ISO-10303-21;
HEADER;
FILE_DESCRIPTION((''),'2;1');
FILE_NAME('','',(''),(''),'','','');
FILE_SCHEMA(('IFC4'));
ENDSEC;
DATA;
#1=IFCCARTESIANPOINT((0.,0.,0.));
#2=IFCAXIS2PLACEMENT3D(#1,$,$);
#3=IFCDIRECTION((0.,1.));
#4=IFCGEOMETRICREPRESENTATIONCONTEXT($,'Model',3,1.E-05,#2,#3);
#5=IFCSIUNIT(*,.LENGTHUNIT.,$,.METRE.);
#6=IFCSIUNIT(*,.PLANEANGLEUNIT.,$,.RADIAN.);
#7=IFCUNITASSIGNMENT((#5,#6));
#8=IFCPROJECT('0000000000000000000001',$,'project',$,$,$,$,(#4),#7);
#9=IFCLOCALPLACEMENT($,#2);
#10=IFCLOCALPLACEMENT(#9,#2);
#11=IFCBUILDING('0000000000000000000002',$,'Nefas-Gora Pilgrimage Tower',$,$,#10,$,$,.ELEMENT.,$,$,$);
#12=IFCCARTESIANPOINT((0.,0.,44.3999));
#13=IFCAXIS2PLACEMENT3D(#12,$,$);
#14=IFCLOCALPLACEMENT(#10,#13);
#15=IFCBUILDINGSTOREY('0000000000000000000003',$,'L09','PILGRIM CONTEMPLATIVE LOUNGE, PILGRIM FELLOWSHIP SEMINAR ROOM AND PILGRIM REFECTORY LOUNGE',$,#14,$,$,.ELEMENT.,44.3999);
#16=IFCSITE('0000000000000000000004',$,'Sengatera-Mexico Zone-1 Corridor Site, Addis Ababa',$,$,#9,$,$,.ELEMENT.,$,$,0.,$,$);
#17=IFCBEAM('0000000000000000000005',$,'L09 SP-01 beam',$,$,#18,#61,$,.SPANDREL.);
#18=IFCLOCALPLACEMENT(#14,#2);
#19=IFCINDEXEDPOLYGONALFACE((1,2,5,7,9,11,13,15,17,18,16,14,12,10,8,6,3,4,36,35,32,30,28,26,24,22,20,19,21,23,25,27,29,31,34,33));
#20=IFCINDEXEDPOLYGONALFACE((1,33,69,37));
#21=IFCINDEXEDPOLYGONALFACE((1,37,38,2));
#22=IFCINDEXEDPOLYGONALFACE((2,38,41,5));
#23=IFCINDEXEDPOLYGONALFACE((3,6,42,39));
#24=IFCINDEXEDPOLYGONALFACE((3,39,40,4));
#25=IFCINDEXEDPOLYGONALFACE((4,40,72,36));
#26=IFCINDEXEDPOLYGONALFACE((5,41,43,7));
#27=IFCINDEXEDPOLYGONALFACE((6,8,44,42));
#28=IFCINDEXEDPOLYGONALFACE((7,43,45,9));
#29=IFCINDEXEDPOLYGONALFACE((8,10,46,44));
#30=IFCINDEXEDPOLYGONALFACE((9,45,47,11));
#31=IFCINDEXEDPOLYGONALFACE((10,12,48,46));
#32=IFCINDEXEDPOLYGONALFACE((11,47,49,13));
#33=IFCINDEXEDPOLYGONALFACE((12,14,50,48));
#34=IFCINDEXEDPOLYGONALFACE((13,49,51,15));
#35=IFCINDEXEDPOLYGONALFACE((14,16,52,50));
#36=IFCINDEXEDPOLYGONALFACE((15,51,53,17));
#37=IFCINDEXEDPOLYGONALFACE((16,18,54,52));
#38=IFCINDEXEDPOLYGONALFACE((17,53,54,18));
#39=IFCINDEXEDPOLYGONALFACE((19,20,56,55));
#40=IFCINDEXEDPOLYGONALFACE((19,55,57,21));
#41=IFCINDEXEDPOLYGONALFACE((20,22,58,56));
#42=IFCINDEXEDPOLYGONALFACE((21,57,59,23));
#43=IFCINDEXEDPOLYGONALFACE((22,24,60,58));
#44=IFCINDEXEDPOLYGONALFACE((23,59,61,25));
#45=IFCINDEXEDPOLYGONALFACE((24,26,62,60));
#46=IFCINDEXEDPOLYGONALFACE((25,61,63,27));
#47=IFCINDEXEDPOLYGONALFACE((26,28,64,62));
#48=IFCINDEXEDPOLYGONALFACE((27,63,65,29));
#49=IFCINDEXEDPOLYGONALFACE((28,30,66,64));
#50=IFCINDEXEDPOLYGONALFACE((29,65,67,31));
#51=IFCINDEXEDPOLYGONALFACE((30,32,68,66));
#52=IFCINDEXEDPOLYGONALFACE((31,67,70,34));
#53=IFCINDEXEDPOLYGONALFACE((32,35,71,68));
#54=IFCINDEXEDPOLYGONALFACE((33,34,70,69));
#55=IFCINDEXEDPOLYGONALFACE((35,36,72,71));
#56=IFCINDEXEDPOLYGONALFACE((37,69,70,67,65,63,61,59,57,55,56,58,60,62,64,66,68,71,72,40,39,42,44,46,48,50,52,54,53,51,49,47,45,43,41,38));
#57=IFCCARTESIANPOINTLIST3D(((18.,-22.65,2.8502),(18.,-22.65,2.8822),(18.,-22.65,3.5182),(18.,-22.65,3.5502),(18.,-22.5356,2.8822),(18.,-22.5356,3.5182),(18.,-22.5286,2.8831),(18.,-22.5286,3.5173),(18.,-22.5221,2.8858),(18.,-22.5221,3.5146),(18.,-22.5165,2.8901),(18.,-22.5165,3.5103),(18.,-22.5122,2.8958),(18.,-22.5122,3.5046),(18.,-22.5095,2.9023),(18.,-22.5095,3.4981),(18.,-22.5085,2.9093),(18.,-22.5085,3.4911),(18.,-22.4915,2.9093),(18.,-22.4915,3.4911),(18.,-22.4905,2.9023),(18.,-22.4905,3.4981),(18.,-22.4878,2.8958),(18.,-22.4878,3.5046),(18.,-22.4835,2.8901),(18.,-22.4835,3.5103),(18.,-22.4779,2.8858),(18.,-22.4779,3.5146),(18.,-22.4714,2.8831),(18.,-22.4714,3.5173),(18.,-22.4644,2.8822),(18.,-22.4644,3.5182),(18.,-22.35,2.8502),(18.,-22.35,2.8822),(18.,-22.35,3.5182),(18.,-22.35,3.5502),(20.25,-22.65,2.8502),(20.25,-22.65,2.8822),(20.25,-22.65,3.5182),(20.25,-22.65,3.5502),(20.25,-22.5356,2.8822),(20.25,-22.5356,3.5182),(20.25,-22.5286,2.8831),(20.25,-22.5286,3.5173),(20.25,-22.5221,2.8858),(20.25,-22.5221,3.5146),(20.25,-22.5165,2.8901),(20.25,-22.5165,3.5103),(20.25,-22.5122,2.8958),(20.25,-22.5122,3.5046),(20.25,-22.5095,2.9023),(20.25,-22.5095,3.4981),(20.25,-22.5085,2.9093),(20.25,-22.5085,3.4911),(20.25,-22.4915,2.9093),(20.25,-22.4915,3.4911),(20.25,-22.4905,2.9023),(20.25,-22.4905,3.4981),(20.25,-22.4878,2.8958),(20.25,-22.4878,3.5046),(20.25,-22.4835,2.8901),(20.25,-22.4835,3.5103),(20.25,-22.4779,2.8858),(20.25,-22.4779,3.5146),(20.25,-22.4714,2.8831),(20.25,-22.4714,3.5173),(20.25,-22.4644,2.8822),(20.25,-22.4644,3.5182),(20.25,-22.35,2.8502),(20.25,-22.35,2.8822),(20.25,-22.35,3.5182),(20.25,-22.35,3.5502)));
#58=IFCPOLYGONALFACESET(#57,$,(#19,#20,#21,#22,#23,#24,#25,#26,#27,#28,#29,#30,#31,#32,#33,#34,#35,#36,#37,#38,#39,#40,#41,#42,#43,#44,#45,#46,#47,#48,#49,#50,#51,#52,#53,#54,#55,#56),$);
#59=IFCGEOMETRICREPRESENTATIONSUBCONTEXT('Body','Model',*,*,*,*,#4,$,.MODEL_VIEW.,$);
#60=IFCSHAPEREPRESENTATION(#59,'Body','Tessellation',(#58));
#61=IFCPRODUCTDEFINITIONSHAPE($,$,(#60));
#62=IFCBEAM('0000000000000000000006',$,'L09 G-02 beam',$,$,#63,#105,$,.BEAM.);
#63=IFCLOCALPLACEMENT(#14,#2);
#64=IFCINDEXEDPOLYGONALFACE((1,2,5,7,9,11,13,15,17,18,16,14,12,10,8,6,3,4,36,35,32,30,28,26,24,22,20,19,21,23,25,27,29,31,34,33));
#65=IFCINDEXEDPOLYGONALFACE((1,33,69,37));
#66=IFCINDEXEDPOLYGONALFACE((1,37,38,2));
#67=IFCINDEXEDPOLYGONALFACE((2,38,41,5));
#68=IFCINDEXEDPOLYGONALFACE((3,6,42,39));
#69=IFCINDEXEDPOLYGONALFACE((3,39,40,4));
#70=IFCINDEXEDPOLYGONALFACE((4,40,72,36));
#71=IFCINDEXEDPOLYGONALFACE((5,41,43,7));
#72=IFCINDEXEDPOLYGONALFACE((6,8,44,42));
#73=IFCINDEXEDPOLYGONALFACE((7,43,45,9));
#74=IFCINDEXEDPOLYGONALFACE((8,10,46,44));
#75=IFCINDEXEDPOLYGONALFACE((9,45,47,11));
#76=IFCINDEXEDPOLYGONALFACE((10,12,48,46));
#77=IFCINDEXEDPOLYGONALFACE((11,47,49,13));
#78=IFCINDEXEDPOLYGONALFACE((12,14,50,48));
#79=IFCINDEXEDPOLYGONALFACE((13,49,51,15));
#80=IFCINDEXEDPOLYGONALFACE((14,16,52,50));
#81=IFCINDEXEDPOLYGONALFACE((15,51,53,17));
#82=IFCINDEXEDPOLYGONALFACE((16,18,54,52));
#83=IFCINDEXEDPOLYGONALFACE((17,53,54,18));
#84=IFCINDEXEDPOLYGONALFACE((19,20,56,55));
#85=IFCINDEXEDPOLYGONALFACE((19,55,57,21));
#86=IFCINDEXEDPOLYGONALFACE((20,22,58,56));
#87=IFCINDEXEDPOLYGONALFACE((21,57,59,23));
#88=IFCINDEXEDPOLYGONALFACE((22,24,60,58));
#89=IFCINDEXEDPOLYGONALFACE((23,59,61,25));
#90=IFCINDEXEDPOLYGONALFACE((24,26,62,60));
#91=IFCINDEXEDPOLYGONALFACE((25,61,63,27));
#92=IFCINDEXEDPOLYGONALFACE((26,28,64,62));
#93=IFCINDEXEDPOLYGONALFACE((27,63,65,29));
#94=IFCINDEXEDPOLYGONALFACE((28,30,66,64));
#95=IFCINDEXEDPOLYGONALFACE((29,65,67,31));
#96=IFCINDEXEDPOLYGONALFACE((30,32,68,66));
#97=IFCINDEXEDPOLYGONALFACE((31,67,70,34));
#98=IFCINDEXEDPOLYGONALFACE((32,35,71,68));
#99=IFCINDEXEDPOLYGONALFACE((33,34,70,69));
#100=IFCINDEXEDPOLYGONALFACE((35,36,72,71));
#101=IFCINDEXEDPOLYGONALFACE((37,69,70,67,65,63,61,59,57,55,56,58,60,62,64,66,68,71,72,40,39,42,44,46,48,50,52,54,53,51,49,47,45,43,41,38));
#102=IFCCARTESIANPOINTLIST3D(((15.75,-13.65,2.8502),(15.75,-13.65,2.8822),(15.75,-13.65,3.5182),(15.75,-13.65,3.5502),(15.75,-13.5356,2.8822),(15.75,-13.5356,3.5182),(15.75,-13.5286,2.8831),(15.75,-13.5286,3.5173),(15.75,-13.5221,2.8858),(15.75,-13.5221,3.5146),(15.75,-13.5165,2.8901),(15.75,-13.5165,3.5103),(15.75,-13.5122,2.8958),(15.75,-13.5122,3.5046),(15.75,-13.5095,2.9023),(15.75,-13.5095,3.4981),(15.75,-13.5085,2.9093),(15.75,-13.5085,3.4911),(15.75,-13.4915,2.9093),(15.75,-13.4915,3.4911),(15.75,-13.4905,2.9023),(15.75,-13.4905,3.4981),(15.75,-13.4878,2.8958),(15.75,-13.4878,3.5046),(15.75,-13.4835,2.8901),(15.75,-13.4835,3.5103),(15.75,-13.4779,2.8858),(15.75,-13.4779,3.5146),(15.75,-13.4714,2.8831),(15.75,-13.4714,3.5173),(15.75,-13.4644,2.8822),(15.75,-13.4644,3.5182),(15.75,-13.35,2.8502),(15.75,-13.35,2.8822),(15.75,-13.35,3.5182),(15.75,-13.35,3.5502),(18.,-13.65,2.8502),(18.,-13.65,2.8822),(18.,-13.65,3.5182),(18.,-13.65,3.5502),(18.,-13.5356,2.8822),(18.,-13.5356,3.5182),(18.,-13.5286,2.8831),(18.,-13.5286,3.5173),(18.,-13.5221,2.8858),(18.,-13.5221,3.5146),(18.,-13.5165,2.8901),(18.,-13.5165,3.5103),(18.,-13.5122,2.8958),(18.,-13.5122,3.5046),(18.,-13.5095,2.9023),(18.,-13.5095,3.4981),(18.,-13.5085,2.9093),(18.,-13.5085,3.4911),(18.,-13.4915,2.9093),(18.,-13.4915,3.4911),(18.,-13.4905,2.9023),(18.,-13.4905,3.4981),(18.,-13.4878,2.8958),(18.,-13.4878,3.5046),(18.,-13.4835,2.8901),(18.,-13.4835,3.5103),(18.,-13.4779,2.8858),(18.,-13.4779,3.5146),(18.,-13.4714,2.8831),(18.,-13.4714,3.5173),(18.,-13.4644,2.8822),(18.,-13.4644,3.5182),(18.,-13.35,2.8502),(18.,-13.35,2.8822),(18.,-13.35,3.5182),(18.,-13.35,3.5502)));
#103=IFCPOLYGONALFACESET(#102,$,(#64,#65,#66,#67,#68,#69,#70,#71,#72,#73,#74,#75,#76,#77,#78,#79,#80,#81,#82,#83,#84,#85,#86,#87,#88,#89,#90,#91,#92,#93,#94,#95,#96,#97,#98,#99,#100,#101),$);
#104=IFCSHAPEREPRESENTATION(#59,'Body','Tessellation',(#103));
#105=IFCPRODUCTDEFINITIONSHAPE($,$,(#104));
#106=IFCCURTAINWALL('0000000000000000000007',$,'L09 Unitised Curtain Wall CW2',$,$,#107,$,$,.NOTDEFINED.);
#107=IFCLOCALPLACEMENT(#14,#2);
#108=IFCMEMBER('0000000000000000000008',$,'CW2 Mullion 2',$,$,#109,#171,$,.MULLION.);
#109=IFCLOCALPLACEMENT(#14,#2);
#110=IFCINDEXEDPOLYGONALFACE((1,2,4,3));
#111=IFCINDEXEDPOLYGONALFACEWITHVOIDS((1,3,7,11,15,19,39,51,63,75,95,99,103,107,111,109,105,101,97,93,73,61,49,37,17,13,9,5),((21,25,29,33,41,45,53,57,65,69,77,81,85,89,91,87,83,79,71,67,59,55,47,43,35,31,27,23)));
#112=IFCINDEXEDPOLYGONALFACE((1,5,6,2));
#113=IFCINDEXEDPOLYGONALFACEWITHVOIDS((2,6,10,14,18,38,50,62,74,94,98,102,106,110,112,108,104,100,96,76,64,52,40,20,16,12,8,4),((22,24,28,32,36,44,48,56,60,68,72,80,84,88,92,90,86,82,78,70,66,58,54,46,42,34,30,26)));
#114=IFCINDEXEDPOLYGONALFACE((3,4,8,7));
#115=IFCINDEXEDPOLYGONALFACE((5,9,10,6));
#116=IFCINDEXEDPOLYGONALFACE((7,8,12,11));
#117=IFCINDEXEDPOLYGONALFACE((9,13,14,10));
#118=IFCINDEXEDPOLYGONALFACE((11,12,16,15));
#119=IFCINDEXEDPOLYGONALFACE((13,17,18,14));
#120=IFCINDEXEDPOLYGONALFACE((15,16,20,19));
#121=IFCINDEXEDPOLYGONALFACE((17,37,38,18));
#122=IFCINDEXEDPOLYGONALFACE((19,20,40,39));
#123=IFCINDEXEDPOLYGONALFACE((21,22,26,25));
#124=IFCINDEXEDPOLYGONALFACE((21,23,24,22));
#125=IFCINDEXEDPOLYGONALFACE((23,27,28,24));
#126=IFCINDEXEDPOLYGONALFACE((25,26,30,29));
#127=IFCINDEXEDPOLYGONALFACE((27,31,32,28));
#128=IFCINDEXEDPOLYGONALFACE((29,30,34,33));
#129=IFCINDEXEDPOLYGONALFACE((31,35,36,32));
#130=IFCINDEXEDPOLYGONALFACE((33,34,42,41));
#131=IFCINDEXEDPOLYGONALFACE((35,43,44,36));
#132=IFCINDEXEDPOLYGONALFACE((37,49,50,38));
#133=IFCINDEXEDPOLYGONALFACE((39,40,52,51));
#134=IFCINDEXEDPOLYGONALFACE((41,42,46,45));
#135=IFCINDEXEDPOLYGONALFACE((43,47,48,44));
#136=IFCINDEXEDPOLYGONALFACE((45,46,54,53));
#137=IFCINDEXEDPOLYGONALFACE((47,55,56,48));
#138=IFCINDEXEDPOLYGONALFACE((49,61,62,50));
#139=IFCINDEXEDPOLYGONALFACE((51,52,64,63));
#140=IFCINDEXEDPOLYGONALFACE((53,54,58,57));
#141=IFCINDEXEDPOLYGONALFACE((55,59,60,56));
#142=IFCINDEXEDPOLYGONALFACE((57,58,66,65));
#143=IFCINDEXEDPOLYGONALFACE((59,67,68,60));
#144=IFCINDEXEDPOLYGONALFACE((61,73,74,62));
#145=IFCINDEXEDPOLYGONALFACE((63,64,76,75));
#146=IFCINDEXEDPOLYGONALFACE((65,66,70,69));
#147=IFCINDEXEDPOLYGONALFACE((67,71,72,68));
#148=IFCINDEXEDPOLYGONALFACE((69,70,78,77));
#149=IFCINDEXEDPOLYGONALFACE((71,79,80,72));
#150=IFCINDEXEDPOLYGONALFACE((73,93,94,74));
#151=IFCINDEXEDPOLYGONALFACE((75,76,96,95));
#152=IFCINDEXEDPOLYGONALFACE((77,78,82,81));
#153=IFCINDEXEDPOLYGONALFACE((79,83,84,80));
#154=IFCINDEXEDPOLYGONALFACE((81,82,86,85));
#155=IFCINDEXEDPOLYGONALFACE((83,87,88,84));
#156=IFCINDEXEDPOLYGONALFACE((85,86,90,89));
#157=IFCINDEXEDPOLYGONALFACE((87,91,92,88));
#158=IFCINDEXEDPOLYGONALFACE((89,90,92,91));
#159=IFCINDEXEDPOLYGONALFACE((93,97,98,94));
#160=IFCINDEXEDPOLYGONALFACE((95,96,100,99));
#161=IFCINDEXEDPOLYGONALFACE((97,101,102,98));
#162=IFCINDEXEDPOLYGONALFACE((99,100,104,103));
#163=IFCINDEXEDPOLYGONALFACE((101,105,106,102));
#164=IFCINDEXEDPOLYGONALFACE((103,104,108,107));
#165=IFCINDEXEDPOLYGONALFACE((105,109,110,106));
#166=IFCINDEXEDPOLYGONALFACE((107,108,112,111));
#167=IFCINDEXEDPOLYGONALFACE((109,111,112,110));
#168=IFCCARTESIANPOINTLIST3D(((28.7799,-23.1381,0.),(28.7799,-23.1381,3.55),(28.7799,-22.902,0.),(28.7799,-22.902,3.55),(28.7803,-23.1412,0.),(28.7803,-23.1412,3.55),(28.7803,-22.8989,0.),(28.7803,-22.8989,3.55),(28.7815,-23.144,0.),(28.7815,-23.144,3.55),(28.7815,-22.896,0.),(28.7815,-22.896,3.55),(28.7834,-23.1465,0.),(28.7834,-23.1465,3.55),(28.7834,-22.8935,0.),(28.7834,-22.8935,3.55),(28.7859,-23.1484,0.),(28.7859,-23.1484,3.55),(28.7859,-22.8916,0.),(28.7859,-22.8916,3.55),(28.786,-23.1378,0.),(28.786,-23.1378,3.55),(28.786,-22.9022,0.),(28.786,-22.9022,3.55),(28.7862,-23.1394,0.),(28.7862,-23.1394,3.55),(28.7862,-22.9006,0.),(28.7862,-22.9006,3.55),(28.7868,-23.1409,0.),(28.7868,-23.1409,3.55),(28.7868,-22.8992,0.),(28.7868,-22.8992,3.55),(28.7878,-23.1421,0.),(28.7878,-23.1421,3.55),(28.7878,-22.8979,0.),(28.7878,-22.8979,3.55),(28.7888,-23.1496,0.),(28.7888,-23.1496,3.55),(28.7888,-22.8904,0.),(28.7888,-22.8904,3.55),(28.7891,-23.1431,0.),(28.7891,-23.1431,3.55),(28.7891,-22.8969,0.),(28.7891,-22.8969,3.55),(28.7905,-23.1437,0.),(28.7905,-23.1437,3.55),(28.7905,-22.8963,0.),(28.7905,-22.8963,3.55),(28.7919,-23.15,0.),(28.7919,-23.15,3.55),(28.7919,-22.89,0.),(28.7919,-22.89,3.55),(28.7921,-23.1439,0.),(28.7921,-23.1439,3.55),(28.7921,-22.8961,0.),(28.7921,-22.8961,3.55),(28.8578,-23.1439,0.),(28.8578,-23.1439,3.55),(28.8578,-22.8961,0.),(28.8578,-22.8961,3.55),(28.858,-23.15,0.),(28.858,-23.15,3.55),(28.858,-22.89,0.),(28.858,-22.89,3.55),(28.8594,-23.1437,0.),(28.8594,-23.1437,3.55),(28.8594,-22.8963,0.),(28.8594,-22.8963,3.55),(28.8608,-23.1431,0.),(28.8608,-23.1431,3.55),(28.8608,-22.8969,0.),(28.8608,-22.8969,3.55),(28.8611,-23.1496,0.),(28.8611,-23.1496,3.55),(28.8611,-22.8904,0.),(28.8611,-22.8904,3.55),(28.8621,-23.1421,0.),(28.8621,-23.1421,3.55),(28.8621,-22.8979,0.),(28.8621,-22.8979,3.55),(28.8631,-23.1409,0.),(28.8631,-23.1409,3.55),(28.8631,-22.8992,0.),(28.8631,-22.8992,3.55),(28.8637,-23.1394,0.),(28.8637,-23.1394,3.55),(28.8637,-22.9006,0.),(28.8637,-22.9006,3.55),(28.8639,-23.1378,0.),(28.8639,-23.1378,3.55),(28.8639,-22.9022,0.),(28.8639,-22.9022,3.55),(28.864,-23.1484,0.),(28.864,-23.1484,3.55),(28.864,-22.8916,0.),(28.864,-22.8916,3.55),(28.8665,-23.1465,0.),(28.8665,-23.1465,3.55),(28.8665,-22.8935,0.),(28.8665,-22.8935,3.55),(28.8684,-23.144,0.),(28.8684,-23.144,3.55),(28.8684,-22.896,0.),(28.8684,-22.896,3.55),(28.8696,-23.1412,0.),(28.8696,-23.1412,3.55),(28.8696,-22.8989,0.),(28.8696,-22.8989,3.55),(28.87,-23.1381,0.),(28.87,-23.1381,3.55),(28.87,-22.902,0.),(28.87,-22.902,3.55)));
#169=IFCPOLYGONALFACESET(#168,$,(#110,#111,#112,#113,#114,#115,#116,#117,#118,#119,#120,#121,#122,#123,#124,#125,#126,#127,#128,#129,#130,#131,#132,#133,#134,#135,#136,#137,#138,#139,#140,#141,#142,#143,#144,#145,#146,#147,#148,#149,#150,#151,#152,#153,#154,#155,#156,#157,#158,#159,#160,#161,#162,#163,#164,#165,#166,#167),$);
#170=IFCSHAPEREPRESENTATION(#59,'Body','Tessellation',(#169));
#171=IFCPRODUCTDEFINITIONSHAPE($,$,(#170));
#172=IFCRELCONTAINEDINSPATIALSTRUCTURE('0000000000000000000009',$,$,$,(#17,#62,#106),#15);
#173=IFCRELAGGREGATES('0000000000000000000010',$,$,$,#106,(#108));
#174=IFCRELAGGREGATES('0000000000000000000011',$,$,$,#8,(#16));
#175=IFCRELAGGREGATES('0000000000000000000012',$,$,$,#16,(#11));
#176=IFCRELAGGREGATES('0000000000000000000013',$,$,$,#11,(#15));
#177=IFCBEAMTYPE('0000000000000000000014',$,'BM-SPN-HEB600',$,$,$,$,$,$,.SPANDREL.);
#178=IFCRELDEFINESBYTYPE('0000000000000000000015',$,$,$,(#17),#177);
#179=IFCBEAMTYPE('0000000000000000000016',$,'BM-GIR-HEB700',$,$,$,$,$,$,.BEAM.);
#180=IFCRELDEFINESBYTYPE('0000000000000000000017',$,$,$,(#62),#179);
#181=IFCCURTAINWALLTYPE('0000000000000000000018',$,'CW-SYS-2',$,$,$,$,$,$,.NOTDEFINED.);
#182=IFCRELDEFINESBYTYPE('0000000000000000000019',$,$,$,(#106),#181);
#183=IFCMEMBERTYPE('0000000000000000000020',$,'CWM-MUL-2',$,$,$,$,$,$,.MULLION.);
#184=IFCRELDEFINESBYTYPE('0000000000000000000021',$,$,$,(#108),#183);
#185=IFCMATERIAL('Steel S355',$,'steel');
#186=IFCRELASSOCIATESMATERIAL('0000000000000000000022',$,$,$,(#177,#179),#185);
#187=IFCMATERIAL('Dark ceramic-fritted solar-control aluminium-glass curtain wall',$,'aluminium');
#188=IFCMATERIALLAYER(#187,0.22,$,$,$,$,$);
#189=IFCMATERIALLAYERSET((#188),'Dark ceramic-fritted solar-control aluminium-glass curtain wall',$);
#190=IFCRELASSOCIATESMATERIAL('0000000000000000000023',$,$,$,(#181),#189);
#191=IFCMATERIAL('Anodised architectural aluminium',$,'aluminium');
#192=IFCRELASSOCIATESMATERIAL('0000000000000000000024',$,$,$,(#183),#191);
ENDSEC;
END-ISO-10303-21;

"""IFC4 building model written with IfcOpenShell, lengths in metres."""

from ifc_helpers import new_model, si_unit, direction, frame, origin, origin_2d, place, context, subcontext, project, spatial, hollow_rectangle, i_section, extrude, source, transform, mapped, material, layer, layer_set, material_profile, profile_set, type_object, element, aggregate, save


model = new_model("IFC4")

# Units and contexts
model_context = context("Model", 3, precision=1e-05, world=origin(), true_north=direction((0.0, 1.0)))
body_context = subcontext(model_context, "Body", "Model", "MODEL_VIEW")
ifc_project = project(units=[si_unit("LENGTHUNIT", "METRE"), si_unit("PLANEANGLEUNIT", "RADIAN")], contexts=[model_context])

# Site, building, storey
site_placement = place(None, origin())
site = spatial("IfcSite", under=ifc_project, at=site_placement, Name="Sengatera-Mexico Zone-1 Corridor Site, Addis Ababa", CompositionType="ELEMENT", RefElevation=0.0)
building_placement = place(site_placement, origin())
building = spatial("IfcBuilding", under=site, at=building_placement, Name="Nefas-Gora Pilgrimage Tower", CompositionType="ELEMENT")
storey_placement = place(building_placement, frame((0.0, 0.0, 44.3999)))
storey = spatial("IfcBuildingStorey", under=building, at=storey_placement, Name="L09", Description="PILGRIM CONTEMPLATIVE LOUNGE, PILGRIM FELLOWSHIP SEMINAR ROOM AND PILGRIM REFECTORY LOUNGE", CompositionType="ELEMENT", Elevation=44.3999)

# Beams
ifc_material_1 = material(Name="Steel S355", Category="steel")
ifc_material_profile_1 = material_profile(ifc_material_1, i_section(OverallWidth=0.3, OverallDepth=0.7, WebThickness=0.0171, FlangeThickness=0.032, FilletRadius=0.0271, at=origin_2d()), Name="HEB 700")
ifc_profile_set_1 = profile_set([ifc_material_profile_1], Name="Steel S355")
beam_type_1 = type_object("IfcBeamType", Name="BM-SPN-HEB600", PredefinedType="SPANDREL", material=ifc_profile_set_1)
ifc_material_profile_2 = material_profile(ifc_material_1, i_section(OverallWidth=0.3, OverallDepth=0.7, WebThickness=0.0171, FlangeThickness=0.032, FilletRadius=0.0271, at=origin_2d()), Name="HEB 700")
ifc_profile_set_2 = profile_set([ifc_material_profile_2], Name="Steel S355")
beam_type_2 = type_object("IfcBeamType", Name="BM-GIR-HEB700", PredefinedType="BEAM", material=ifc_profile_set_2)
shared_shape_1 = source(origin(), body_context, "Body", "SweptSolid", [
    extrude(i_section(OverallWidth=0.3, OverallDepth=0.7, WebThickness=0.0171, FlangeThickness=0.032, FilletRadius=0.0271, at=origin_2d()), origin(), (0.0, 0.0, 1.0), 2.25),
])
for number, where, z_axis, x_axis, name in (
    (1, (18.0, -22.5, 3.2002), (1.0, 0.0, 0.0), (0.0, 1.0, 0.0), "L09 SP-01 beam"),
):
    element("IfcBeam", number, at=place(storey_placement, frame(where, z_axis=z_axis, x_axis=x_axis)), inside=storey, type_object=beam_type_1, Name=name, PredefinedType="SPANDREL", context=body_context, shape_type="MappedRepresentation", body=[
        mapped(shared_shape_1, transform((0.0, 0.0, 0.0), x_axis=(1.0, 0.0, 0.0), y_axis=(0.0, 1.0, 0.0), z_axis=(0.0, 0.0, 1.0), scale=1.0)),
    ])
shared_shape_2 = source(origin(), body_context, "Body", "SweptSolid", [
    extrude(i_section(OverallWidth=0.3, OverallDepth=0.7, WebThickness=0.0171, FlangeThickness=0.032, FilletRadius=0.0271, at=origin_2d()), origin(), (0.0, 0.0, 1.0), 2.25),
])
beam_1_placement = place(storey_placement, frame((15.75, -13.5, 3.2002), z_axis=(1.0, 0.0, 0.0), x_axis=(0.0, 1.0, 0.0)))
element("IfcBeam", 2, at=beam_1_placement, inside=storey, type_object=beam_type_2, Name="L09 G-02 beam", PredefinedType="BEAM", context=body_context, shape_type="MappedRepresentation", body=[
    mapped(shared_shape_2, transform((0.0, 0.0, 0.0), x_axis=(1.0, 0.0, 0.0), y_axis=(0.0, 1.0, 0.0), z_axis=(0.0, 0.0, 1.0), scale=1.0)),
])

# Curtain wall, member
ifc_material_2 = material(Name="Dark ceramic-fritted solar-control aluminium-glass curtain wall", Category="aluminium")
ifc_layer_1 = layer(ifc_material_2, 0.22)
ifc_layer_set_1 = layer_set([ifc_layer_1], Name="Dark ceramic-fritted solar-control aluminium-glass curtain wall")
curtain_wall_type = type_object("IfcCurtainWallType", Name="CW-SYS-2", PredefinedType="NOTDEFINED", material=ifc_layer_set_1)
curtain_wall_1_placement = place(storey_placement, origin())
curtain_wall_1 = element("IfcCurtainWall", 3, at=curtain_wall_1_placement, inside=storey, type_object=curtain_wall_type, Name="L09 Unitised Curtain Wall CW2", PredefinedType="NOTDEFINED")
ifc_material_3 = material(Name="Anodised architectural aluminium", Category="aluminium")
ifc_material_profile_3 = material_profile(ifc_material_3, hollow_rectangle(XDim=0.0901, YDim=0.26, WallThickness=0.0061, InnerFilletRadius=0.0061, OuterFilletRadius=0.012, at=origin_2d()), Name="ALU MULLION 90x260")
ifc_profile_set_3 = profile_set([ifc_material_profile_3], Name="Anodised architectural aluminium")
member_type_1 = type_object("IfcMemberType", Name="CWM-MUL-2", PredefinedType="MULLION", material=ifc_profile_set_3)
shared_shape_3 = source(origin(), body_context, "Body", "SweptSolid", [
    extrude(hollow_rectangle(XDim=0.0901, YDim=0.26, WallThickness=0.0061, InnerFilletRadius=0.0061, OuterFilletRadius=0.012, at=origin_2d()), origin(), (0.0, 0.0, 1.0), 3.55),
])
member_1_placement = place(storey_placement, frame((28.825, -23.02, 0.0), z_axis=(0.0, 0.0, 1.0), x_axis=(1.0, 0.0, 0.0)))
member_1 = element("IfcMember", 4, at=member_1_placement, type_object=member_type_1, Name="CW2 Mullion 2", PredefinedType="MULLION", context=body_context, shape_type="MappedRepresentation", body=[
    mapped(shared_shape_3, transform((0.0, 0.0, 0.0), x_axis=(1.0, 0.0, 0.0), y_axis=(0.0, 1.0, 0.0), z_axis=(0.0, 0.0, 1.0), scale=1.0)),
])

aggregate(curtain_wall_1, [member_1])

save(model, "model.ifc")
